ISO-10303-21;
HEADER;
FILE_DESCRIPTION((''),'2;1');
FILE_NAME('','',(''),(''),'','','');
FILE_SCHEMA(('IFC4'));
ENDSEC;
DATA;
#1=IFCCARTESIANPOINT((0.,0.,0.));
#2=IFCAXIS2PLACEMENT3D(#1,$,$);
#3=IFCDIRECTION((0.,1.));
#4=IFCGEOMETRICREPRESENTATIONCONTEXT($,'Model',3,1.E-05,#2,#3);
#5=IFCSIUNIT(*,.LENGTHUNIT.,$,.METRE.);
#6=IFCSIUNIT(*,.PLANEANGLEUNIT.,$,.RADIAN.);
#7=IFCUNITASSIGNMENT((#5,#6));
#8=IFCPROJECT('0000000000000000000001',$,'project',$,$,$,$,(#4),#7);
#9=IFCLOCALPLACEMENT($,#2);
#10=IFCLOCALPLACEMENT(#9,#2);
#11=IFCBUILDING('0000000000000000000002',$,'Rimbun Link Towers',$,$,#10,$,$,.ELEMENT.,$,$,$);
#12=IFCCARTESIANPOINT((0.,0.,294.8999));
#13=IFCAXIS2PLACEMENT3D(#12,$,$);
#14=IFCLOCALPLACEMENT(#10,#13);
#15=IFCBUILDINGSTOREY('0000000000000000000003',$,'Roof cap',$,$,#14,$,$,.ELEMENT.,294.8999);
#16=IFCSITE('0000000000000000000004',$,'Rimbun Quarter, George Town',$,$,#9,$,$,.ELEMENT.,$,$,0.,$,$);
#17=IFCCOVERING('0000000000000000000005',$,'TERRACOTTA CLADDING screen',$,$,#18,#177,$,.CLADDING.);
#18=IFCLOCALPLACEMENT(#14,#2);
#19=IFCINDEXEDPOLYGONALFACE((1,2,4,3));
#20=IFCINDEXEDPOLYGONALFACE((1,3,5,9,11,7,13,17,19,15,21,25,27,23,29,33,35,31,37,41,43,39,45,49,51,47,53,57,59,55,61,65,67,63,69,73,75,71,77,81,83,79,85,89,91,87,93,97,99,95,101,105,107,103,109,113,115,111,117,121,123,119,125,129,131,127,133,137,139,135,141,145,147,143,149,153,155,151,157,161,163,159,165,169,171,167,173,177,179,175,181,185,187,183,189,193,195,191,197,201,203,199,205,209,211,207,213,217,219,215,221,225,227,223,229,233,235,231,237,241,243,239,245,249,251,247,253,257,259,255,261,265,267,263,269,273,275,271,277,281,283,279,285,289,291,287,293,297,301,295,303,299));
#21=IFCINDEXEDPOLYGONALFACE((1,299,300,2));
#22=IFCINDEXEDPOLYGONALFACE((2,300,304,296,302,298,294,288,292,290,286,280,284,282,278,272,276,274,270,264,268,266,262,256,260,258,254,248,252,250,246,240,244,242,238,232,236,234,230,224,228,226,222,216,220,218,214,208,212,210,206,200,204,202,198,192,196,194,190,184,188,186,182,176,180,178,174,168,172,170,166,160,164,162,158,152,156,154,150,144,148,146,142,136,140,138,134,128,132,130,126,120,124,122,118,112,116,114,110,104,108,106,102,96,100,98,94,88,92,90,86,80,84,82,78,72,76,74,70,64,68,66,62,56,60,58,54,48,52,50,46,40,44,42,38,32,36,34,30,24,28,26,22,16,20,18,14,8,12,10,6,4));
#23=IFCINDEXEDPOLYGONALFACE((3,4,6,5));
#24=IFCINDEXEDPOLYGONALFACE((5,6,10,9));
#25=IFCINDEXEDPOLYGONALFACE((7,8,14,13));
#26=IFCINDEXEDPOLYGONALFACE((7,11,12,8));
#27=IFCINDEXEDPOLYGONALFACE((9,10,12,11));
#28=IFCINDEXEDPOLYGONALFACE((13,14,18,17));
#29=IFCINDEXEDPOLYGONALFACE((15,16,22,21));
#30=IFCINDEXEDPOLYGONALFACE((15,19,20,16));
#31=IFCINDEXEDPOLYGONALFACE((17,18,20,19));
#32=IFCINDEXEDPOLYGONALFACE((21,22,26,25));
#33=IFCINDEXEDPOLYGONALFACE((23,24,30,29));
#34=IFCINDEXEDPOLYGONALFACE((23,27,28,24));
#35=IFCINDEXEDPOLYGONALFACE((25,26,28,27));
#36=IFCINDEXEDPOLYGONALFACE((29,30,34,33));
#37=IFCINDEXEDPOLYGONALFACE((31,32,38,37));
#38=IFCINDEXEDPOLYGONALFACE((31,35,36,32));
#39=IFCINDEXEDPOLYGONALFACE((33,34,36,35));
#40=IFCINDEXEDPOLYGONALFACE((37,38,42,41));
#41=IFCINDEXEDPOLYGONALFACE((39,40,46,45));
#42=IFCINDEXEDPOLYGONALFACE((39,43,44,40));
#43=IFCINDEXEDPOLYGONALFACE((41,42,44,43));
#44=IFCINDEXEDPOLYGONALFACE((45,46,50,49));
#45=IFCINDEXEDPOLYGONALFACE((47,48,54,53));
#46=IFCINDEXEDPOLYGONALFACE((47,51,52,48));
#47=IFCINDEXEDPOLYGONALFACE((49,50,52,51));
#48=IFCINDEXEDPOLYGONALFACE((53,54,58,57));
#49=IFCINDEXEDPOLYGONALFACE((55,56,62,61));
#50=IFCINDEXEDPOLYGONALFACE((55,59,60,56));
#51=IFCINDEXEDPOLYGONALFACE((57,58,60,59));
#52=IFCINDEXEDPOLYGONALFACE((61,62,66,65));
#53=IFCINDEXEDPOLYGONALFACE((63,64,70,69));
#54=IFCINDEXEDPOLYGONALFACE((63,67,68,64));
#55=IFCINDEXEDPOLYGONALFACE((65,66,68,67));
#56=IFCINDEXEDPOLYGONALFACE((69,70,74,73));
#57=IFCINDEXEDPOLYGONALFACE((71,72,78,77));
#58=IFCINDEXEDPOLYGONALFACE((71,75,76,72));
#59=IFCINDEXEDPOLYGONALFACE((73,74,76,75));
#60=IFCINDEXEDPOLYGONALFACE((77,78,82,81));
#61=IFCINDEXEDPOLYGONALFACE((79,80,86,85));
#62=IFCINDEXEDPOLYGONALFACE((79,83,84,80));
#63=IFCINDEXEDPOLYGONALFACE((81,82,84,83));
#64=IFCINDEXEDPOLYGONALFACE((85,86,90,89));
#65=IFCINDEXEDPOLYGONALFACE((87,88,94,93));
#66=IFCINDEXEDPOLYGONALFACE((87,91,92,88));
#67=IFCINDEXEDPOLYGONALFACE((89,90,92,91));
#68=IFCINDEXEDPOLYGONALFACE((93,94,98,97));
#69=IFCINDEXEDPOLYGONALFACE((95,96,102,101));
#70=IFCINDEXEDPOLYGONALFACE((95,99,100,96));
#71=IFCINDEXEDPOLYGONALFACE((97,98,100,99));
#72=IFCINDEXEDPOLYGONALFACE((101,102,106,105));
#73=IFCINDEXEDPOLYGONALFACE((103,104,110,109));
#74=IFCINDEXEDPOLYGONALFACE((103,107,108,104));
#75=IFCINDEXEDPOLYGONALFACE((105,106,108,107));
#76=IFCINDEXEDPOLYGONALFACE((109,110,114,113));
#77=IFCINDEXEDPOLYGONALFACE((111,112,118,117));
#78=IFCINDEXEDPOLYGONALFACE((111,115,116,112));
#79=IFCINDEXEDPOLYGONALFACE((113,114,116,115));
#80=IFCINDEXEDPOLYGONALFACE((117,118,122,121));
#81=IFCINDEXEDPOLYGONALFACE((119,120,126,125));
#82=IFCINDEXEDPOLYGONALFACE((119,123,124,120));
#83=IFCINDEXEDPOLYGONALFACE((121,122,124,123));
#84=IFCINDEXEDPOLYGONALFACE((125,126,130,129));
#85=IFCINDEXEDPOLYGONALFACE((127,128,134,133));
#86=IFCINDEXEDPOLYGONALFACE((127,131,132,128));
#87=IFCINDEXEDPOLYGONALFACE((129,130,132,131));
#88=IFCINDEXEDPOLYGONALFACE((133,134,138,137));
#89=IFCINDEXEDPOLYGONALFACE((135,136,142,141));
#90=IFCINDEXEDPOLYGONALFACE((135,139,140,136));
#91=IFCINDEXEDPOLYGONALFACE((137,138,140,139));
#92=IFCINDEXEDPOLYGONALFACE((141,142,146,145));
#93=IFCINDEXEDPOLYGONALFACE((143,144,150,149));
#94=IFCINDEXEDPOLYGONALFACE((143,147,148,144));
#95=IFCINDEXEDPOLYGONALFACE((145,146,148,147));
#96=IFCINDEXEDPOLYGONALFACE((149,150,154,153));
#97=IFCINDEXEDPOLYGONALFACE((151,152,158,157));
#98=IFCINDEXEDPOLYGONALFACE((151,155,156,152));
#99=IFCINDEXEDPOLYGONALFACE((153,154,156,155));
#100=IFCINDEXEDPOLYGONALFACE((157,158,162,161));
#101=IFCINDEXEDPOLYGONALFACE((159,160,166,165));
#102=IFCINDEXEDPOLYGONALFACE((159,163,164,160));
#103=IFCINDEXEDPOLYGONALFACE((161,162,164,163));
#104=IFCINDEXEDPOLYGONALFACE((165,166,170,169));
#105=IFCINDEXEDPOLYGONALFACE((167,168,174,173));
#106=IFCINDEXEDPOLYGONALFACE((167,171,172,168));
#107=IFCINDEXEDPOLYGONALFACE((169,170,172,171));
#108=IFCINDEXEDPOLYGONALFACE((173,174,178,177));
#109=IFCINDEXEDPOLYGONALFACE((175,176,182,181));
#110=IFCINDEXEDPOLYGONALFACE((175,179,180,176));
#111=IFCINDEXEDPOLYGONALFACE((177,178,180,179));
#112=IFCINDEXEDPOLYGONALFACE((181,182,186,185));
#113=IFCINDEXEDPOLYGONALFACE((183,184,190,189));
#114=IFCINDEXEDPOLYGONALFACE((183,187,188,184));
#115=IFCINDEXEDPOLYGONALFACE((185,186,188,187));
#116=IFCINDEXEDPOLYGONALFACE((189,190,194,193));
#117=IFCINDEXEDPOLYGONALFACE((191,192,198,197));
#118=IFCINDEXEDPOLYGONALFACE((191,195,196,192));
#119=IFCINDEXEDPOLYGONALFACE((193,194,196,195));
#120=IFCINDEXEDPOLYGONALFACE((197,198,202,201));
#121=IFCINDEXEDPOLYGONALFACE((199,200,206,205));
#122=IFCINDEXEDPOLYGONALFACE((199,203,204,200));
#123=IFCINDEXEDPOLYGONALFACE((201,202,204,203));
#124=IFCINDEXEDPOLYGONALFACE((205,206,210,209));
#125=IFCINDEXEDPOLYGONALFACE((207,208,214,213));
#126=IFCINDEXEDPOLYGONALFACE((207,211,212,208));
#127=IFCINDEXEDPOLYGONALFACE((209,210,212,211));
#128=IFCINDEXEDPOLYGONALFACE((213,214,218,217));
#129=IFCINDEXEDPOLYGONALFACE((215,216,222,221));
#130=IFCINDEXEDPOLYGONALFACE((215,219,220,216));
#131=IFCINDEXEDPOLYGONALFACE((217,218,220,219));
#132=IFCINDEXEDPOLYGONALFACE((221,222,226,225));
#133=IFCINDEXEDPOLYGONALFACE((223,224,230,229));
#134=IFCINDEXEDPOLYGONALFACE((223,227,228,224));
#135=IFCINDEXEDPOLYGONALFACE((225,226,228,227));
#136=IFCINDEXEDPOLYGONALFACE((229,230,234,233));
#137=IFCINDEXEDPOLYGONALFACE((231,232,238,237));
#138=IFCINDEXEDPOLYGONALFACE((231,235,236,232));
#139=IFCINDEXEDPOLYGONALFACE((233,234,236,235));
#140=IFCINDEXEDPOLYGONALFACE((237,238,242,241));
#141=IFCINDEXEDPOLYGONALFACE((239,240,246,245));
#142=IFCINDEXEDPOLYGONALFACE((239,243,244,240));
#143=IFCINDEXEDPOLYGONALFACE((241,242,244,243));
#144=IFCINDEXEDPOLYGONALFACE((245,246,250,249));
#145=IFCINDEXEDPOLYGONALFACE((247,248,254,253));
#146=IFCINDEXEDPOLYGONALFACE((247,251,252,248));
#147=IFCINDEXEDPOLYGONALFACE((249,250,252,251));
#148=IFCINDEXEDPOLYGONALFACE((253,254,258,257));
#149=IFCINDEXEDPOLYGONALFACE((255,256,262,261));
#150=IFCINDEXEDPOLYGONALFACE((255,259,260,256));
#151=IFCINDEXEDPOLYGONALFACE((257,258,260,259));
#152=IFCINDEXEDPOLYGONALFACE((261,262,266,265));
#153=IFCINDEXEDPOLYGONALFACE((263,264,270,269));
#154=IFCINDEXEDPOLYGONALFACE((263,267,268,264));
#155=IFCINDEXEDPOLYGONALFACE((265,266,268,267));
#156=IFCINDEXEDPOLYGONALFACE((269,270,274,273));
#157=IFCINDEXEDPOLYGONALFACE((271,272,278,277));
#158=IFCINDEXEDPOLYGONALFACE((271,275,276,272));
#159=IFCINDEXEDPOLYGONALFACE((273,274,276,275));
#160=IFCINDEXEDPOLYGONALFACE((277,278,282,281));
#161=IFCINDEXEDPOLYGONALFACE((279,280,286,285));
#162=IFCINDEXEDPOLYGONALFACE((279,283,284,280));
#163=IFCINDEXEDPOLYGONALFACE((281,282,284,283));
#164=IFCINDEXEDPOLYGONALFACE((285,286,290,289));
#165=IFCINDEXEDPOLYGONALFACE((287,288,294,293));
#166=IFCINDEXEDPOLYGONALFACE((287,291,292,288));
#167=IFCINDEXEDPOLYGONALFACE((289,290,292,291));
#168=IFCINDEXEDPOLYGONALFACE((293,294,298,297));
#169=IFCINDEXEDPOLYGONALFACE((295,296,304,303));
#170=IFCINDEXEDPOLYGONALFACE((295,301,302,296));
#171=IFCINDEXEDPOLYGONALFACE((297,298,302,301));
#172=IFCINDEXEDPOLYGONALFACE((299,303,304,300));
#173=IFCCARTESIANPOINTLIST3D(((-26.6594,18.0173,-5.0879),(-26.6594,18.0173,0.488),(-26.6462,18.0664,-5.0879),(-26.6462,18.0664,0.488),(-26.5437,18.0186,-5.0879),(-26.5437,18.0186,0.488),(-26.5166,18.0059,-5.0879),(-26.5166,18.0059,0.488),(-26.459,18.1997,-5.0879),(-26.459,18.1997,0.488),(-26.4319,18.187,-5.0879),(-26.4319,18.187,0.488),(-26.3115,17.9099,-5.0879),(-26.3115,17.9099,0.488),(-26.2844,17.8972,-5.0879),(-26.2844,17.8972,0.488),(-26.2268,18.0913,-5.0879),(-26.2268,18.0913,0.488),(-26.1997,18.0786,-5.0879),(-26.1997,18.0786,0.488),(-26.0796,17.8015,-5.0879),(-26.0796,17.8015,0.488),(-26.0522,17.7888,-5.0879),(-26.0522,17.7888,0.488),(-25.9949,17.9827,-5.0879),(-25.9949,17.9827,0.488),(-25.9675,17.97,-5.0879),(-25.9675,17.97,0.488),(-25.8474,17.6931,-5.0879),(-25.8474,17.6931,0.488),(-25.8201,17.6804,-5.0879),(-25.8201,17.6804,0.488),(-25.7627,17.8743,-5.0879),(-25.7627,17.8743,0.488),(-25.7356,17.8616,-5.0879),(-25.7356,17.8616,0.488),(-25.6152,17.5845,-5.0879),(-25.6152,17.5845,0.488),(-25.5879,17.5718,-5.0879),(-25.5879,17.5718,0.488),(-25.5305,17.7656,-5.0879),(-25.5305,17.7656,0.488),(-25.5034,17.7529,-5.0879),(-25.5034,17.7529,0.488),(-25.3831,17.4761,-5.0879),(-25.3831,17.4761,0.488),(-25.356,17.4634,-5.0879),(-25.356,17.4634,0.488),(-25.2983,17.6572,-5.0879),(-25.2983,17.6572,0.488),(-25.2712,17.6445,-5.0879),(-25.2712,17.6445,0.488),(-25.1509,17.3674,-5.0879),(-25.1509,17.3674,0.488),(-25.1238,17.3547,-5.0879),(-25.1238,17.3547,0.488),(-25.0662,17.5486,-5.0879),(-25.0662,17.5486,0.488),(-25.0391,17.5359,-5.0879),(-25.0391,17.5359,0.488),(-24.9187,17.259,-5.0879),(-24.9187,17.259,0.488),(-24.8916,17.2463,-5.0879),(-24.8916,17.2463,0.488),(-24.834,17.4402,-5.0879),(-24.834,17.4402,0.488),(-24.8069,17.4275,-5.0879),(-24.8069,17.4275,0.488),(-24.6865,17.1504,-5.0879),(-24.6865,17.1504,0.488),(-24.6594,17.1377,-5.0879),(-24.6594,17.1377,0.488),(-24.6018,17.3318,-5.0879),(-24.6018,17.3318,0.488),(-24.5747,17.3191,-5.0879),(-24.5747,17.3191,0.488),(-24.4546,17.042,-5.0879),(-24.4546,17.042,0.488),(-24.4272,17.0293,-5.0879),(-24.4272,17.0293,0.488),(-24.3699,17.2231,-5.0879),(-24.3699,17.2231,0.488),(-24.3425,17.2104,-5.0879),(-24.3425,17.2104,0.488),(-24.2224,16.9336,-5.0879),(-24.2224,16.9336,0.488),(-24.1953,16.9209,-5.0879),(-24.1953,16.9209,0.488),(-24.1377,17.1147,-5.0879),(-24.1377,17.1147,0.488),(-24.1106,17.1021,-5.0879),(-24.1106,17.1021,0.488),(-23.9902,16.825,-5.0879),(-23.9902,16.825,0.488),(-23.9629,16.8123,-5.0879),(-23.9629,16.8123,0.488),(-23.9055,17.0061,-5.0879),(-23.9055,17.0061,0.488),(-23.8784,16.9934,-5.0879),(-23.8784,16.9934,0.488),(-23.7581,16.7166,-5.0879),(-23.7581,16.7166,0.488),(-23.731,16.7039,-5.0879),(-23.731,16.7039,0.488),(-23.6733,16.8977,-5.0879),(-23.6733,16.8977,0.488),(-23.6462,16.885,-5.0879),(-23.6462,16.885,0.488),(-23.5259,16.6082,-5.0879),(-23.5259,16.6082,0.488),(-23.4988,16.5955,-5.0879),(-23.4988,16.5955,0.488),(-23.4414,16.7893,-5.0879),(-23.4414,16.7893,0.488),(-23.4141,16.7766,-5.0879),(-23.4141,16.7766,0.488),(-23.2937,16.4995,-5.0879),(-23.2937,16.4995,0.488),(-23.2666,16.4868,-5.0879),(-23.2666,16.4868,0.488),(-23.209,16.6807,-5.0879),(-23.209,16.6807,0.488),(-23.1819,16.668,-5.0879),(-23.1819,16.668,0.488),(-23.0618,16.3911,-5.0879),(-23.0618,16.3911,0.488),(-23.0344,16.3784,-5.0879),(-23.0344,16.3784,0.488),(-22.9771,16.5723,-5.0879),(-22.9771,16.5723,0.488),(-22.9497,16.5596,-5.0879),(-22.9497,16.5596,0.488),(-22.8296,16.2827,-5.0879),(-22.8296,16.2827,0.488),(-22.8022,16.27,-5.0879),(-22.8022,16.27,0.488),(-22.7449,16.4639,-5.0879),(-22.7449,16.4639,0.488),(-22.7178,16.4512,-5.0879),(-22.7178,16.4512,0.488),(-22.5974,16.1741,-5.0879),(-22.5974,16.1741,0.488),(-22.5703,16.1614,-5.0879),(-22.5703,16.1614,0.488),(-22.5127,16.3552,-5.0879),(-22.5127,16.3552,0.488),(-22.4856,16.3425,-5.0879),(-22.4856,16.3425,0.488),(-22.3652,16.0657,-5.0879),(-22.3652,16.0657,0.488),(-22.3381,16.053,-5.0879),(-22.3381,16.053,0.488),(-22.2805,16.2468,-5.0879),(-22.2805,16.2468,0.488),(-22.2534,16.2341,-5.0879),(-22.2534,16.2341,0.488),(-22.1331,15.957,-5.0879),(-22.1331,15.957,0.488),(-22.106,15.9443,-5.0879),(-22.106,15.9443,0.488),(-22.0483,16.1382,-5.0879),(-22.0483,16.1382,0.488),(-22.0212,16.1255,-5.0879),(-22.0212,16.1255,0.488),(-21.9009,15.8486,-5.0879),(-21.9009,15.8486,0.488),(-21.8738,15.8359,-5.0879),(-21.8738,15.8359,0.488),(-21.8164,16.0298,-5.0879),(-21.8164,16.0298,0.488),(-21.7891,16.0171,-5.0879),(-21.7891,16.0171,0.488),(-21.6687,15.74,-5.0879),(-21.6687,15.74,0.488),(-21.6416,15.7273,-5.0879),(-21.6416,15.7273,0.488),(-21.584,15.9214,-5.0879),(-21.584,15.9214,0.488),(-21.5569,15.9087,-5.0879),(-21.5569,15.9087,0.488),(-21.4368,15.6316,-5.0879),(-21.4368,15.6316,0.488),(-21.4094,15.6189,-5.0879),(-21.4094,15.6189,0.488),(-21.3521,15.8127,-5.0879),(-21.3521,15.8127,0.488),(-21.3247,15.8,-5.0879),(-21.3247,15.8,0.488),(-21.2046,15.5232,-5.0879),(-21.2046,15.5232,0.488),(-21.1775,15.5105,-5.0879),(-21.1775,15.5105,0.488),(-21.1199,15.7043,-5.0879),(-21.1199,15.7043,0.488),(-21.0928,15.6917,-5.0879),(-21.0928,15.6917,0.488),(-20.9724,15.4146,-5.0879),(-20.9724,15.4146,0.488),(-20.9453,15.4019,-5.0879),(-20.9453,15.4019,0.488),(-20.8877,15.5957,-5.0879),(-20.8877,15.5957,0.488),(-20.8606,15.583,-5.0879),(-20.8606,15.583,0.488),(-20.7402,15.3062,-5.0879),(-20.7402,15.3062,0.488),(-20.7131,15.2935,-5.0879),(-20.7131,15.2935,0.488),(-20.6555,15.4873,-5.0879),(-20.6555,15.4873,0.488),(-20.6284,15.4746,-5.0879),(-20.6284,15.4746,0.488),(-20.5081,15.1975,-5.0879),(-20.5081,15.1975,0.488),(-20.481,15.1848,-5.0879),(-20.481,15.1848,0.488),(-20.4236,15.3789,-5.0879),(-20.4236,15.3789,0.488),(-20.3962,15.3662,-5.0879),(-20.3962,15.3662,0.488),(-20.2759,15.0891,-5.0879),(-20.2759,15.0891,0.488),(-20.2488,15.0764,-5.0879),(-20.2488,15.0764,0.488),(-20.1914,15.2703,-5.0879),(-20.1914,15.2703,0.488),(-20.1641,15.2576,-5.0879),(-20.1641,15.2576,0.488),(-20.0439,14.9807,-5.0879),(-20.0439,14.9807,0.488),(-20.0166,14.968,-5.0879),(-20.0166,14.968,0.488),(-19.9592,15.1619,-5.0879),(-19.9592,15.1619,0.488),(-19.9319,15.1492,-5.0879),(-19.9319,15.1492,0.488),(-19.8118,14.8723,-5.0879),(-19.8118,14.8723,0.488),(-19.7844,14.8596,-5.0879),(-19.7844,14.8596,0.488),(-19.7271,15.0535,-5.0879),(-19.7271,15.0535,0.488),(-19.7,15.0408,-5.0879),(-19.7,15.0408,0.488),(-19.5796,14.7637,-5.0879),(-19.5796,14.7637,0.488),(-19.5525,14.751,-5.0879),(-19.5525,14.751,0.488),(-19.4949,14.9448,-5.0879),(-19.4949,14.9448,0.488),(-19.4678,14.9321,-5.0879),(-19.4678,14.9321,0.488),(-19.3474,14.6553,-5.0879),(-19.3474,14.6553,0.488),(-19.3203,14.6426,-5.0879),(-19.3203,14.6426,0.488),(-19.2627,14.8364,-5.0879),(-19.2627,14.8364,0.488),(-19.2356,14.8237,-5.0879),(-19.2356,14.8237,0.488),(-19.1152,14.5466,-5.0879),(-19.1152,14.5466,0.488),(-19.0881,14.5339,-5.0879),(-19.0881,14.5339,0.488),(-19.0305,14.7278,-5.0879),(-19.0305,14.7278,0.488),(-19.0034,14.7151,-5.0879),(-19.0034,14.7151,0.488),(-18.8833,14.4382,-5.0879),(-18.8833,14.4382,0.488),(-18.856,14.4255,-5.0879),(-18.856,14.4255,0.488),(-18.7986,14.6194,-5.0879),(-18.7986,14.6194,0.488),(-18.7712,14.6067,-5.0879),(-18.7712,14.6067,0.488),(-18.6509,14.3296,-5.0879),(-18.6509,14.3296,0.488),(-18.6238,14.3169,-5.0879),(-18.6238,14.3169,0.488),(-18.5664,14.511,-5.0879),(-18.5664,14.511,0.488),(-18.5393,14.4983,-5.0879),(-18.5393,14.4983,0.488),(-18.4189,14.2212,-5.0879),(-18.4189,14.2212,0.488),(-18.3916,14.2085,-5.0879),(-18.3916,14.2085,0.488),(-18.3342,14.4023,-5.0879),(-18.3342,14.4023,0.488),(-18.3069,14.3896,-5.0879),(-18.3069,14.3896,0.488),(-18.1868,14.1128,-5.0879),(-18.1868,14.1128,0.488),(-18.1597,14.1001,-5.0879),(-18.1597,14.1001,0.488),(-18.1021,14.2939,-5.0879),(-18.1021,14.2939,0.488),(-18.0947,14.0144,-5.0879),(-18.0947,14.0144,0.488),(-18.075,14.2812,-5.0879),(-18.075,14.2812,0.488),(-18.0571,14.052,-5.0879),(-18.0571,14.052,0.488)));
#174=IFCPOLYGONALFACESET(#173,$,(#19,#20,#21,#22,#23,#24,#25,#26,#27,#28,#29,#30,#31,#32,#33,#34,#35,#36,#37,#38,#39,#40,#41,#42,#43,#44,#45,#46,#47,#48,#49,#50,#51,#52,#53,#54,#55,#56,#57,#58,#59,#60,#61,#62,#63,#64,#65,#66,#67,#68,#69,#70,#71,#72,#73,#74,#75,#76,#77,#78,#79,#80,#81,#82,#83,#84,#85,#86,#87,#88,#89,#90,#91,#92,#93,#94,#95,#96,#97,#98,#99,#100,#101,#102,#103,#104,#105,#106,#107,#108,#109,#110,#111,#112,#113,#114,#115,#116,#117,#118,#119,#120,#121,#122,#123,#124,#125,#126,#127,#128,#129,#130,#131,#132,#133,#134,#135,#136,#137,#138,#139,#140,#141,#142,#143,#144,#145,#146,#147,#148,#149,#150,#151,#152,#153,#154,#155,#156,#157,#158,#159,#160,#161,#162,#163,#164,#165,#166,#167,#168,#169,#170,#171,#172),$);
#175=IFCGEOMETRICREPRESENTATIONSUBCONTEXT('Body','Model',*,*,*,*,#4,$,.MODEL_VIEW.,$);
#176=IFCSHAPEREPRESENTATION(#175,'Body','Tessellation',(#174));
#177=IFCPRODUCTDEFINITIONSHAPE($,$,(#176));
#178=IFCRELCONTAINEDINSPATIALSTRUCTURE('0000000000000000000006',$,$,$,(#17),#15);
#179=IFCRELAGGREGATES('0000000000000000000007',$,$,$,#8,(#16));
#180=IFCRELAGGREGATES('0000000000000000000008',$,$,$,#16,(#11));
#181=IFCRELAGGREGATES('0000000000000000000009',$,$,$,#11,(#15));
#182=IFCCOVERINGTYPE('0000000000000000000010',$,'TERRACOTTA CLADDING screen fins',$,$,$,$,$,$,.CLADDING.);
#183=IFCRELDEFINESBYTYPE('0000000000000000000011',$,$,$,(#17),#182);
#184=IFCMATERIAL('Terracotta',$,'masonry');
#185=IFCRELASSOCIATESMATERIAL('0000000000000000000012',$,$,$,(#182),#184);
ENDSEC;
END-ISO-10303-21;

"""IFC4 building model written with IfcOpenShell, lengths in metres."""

from ifc_helpers import new_model, si_unit, direction, frame, origin, place, context, subcontext, project, spatial, polyline, outline, extrude, material, type_object, element, save


model = new_model("IFC4")

# Units and contexts
model_context = context("Model", 3, precision=1e-05, world=origin(), true_north=direction((0.0, 1.0)))
body_context = subcontext(model_context, "Body", "Model", "MODEL_VIEW")
ifc_project = project(units=[si_unit("LENGTHUNIT", "METRE"), si_unit("PLANEANGLEUNIT", "RADIAN")], contexts=[model_context])

# Site, building, storey
site_placement = place(None, origin())
site = spatial("IfcSite", under=ifc_project, at=site_placement, Name="Rimbun Quarter, George Town", CompositionType="ELEMENT", RefElevation=0.0)
building_placement = place(site_placement, origin())
building = spatial("IfcBuilding", under=site, at=building_placement, Name="Rimbun Link Towers", CompositionType="ELEMENT")
storey_placement = place(building_placement, frame((0.0, 0.0, 294.8999)))
storey = spatial("IfcBuildingStorey", under=building, at=storey_placement, Name="Roof cap", CompositionType="ELEMENT", Elevation=294.8999)

# Covering
ifc_material = material(Name="Terracotta", Category="masonry")
covering_type = type_object("IfcCoveringType", Name="TERRACOTTA CLADDING screen fins", PredefinedType="CLADDING", material=ifc_material)
covering_1_placement = place(storey_placement, frame((0.0, 0.0, -5.0879)))
element("IfcCovering", 1, at=covering_1_placement, inside=storey, type_object=covering_type, Name="TERRACOTTA CLADDING screen", PredefinedType="CLADDING", context=body_context, shape_type="SweptSolid", body=[
    extrude(outline(polyline([(-18.0571, 14.052), (-18.1597, 14.1001), (-18.075, 14.2812), (-18.1021, 14.2939), (-18.1868, 14.1128), (-18.3916, 14.2085), (-18.3069, 14.3896), (-18.3342, 14.4023), (-18.4189, 14.2212), (-18.6238, 14.3169), (-18.5393, 14.4983), (-18.5664, 14.511), (-18.6509, 14.3296), (-18.856, 14.4255), (-18.7712, 14.6067), (-18.7986, 14.6194), (-18.8833, 14.4382), (-19.0881, 14.5339), (-19.0034, 14.7151), (-19.0305, 14.7278), (-19.1152, 14.5466), (-19.3203, 14.6426), (-19.2356, 14.8237), (-19.2627, 14.8364), (-19.3474, 14.6553), (-19.5525, 14.751), (-19.4678, 14.9321), (-19.4949, 14.9448), (-19.5796, 14.7637), (-19.7844, 14.8596), (-19.7, 15.0408), (-19.7271, 15.0535), (-19.8118, 14.8723), (-20.0166, 14.968), (-19.9319, 15.1492), (-19.9592, 15.1619), (-20.0439, 14.9807), (-20.2488, 15.0764), (-20.1641, 15.2576), (-20.1914, 15.2703), (-20.2759, 15.0891), (-20.481, 15.1848), (-20.3962, 15.3662), (-20.4236, 15.3789), (-20.5081, 15.1975), (-20.7131, 15.2935), (-20.6284, 15.4746), (-20.6555, 15.4873), (-20.7402, 15.3062), (-20.9453, 15.4019), (-20.8606, 15.583), (-20.8877, 15.5957), (-20.9724, 15.4146), (-21.1775, 15.5105), (-21.0928, 15.6917), (-21.1199, 15.7043), (-21.2046, 15.5232), (-21.4094, 15.6189), (-21.3247, 15.8), (-21.3521, 15.8127), (-21.4368, 15.6316), (-21.6416, 15.7273), (-21.5569, 15.9087), (-21.584, 15.9214), (-21.6687, 15.74), (-21.8738, 15.8359), (-21.7891, 16.0171), (-21.8164, 16.0298), (-21.9009, 15.8486), (-22.106, 15.9443), (-22.0212, 16.1255), (-22.0483, 16.1382), (-22.1331, 15.957), (-22.3381, 16.053), (-22.2534, 16.2341), (-22.2805, 16.2468), (-22.3652, 16.0657), (-22.5703, 16.1614), (-22.4856, 16.3425), (-22.5127, 16.3552), (-22.5974, 16.1741), (-22.8022, 16.27), (-22.7178, 16.4512), (-22.7449, 16.4639), (-22.8296, 16.2827), (-23.0344, 16.3784), (-22.9497, 16.5596), (-22.9771, 16.5723), (-23.0618, 16.3911), (-23.2666, 16.4868), (-23.1819, 16.668), (-23.209, 16.6807), (-23.2937, 16.4995), (-23.4988, 16.5955), (-23.4141, 16.7766), (-23.4414, 16.7893), (-23.5259, 16.6082), (-23.731, 16.7039), (-23.6462, 16.885), (-23.6733, 16.8977), (-23.7581, 16.7166), (-23.9629, 16.8123), (-23.8784, 16.9934), (-23.9055, 17.0061), (-23.9902, 16.825), (-24.1953, 16.9209), (-24.1106, 17.1021), (-24.1377, 17.1147), (-24.2224, 16.9336), (-24.4272, 17.0293), (-24.3425, 17.2104), (-24.3699, 17.2231), (-24.4546, 17.042), (-24.6594, 17.1377), (-24.5747, 17.3191), (-24.6018, 17.3318), (-24.6865, 17.1504), (-24.8916, 17.2463), (-24.8069, 17.4275), (-24.834, 17.4402), (-24.9187, 17.259), (-25.1238, 17.3547), (-25.0391, 17.5359), (-25.0662, 17.5486), (-25.1509, 17.3674), (-25.356, 17.4634), (-25.2712, 17.6445), (-25.2983, 17.6572), (-25.3831, 17.4761), (-25.5879, 17.5718), (-25.5034, 17.7529), (-25.5305, 17.7656), (-25.6152, 17.5845), (-25.8201, 17.6804), (-25.7356, 17.8616), (-25.7627, 17.8743), (-25.8474, 17.6931), (-26.0522, 17.7888), (-25.9675, 17.97), (-25.9949, 17.9827), (-26.0796, 17.8015), (-26.2844, 17.8972), (-26.1997, 18.0786), (-26.2268, 18.0913), (-26.3115, 17.9099), (-26.5166, 18.0059), (-26.4319, 18.187), (-26.459, 18.1997), (-26.5437, 18.0186), (-26.6462, 18.0664), (-26.6594, 18.0173), (-18.0947, 14.0144), (-18.0571, 14.052)])), origin(), (0.0, 0.0, 1.0), 5.5759),
])

save(model, "model.ifc")
